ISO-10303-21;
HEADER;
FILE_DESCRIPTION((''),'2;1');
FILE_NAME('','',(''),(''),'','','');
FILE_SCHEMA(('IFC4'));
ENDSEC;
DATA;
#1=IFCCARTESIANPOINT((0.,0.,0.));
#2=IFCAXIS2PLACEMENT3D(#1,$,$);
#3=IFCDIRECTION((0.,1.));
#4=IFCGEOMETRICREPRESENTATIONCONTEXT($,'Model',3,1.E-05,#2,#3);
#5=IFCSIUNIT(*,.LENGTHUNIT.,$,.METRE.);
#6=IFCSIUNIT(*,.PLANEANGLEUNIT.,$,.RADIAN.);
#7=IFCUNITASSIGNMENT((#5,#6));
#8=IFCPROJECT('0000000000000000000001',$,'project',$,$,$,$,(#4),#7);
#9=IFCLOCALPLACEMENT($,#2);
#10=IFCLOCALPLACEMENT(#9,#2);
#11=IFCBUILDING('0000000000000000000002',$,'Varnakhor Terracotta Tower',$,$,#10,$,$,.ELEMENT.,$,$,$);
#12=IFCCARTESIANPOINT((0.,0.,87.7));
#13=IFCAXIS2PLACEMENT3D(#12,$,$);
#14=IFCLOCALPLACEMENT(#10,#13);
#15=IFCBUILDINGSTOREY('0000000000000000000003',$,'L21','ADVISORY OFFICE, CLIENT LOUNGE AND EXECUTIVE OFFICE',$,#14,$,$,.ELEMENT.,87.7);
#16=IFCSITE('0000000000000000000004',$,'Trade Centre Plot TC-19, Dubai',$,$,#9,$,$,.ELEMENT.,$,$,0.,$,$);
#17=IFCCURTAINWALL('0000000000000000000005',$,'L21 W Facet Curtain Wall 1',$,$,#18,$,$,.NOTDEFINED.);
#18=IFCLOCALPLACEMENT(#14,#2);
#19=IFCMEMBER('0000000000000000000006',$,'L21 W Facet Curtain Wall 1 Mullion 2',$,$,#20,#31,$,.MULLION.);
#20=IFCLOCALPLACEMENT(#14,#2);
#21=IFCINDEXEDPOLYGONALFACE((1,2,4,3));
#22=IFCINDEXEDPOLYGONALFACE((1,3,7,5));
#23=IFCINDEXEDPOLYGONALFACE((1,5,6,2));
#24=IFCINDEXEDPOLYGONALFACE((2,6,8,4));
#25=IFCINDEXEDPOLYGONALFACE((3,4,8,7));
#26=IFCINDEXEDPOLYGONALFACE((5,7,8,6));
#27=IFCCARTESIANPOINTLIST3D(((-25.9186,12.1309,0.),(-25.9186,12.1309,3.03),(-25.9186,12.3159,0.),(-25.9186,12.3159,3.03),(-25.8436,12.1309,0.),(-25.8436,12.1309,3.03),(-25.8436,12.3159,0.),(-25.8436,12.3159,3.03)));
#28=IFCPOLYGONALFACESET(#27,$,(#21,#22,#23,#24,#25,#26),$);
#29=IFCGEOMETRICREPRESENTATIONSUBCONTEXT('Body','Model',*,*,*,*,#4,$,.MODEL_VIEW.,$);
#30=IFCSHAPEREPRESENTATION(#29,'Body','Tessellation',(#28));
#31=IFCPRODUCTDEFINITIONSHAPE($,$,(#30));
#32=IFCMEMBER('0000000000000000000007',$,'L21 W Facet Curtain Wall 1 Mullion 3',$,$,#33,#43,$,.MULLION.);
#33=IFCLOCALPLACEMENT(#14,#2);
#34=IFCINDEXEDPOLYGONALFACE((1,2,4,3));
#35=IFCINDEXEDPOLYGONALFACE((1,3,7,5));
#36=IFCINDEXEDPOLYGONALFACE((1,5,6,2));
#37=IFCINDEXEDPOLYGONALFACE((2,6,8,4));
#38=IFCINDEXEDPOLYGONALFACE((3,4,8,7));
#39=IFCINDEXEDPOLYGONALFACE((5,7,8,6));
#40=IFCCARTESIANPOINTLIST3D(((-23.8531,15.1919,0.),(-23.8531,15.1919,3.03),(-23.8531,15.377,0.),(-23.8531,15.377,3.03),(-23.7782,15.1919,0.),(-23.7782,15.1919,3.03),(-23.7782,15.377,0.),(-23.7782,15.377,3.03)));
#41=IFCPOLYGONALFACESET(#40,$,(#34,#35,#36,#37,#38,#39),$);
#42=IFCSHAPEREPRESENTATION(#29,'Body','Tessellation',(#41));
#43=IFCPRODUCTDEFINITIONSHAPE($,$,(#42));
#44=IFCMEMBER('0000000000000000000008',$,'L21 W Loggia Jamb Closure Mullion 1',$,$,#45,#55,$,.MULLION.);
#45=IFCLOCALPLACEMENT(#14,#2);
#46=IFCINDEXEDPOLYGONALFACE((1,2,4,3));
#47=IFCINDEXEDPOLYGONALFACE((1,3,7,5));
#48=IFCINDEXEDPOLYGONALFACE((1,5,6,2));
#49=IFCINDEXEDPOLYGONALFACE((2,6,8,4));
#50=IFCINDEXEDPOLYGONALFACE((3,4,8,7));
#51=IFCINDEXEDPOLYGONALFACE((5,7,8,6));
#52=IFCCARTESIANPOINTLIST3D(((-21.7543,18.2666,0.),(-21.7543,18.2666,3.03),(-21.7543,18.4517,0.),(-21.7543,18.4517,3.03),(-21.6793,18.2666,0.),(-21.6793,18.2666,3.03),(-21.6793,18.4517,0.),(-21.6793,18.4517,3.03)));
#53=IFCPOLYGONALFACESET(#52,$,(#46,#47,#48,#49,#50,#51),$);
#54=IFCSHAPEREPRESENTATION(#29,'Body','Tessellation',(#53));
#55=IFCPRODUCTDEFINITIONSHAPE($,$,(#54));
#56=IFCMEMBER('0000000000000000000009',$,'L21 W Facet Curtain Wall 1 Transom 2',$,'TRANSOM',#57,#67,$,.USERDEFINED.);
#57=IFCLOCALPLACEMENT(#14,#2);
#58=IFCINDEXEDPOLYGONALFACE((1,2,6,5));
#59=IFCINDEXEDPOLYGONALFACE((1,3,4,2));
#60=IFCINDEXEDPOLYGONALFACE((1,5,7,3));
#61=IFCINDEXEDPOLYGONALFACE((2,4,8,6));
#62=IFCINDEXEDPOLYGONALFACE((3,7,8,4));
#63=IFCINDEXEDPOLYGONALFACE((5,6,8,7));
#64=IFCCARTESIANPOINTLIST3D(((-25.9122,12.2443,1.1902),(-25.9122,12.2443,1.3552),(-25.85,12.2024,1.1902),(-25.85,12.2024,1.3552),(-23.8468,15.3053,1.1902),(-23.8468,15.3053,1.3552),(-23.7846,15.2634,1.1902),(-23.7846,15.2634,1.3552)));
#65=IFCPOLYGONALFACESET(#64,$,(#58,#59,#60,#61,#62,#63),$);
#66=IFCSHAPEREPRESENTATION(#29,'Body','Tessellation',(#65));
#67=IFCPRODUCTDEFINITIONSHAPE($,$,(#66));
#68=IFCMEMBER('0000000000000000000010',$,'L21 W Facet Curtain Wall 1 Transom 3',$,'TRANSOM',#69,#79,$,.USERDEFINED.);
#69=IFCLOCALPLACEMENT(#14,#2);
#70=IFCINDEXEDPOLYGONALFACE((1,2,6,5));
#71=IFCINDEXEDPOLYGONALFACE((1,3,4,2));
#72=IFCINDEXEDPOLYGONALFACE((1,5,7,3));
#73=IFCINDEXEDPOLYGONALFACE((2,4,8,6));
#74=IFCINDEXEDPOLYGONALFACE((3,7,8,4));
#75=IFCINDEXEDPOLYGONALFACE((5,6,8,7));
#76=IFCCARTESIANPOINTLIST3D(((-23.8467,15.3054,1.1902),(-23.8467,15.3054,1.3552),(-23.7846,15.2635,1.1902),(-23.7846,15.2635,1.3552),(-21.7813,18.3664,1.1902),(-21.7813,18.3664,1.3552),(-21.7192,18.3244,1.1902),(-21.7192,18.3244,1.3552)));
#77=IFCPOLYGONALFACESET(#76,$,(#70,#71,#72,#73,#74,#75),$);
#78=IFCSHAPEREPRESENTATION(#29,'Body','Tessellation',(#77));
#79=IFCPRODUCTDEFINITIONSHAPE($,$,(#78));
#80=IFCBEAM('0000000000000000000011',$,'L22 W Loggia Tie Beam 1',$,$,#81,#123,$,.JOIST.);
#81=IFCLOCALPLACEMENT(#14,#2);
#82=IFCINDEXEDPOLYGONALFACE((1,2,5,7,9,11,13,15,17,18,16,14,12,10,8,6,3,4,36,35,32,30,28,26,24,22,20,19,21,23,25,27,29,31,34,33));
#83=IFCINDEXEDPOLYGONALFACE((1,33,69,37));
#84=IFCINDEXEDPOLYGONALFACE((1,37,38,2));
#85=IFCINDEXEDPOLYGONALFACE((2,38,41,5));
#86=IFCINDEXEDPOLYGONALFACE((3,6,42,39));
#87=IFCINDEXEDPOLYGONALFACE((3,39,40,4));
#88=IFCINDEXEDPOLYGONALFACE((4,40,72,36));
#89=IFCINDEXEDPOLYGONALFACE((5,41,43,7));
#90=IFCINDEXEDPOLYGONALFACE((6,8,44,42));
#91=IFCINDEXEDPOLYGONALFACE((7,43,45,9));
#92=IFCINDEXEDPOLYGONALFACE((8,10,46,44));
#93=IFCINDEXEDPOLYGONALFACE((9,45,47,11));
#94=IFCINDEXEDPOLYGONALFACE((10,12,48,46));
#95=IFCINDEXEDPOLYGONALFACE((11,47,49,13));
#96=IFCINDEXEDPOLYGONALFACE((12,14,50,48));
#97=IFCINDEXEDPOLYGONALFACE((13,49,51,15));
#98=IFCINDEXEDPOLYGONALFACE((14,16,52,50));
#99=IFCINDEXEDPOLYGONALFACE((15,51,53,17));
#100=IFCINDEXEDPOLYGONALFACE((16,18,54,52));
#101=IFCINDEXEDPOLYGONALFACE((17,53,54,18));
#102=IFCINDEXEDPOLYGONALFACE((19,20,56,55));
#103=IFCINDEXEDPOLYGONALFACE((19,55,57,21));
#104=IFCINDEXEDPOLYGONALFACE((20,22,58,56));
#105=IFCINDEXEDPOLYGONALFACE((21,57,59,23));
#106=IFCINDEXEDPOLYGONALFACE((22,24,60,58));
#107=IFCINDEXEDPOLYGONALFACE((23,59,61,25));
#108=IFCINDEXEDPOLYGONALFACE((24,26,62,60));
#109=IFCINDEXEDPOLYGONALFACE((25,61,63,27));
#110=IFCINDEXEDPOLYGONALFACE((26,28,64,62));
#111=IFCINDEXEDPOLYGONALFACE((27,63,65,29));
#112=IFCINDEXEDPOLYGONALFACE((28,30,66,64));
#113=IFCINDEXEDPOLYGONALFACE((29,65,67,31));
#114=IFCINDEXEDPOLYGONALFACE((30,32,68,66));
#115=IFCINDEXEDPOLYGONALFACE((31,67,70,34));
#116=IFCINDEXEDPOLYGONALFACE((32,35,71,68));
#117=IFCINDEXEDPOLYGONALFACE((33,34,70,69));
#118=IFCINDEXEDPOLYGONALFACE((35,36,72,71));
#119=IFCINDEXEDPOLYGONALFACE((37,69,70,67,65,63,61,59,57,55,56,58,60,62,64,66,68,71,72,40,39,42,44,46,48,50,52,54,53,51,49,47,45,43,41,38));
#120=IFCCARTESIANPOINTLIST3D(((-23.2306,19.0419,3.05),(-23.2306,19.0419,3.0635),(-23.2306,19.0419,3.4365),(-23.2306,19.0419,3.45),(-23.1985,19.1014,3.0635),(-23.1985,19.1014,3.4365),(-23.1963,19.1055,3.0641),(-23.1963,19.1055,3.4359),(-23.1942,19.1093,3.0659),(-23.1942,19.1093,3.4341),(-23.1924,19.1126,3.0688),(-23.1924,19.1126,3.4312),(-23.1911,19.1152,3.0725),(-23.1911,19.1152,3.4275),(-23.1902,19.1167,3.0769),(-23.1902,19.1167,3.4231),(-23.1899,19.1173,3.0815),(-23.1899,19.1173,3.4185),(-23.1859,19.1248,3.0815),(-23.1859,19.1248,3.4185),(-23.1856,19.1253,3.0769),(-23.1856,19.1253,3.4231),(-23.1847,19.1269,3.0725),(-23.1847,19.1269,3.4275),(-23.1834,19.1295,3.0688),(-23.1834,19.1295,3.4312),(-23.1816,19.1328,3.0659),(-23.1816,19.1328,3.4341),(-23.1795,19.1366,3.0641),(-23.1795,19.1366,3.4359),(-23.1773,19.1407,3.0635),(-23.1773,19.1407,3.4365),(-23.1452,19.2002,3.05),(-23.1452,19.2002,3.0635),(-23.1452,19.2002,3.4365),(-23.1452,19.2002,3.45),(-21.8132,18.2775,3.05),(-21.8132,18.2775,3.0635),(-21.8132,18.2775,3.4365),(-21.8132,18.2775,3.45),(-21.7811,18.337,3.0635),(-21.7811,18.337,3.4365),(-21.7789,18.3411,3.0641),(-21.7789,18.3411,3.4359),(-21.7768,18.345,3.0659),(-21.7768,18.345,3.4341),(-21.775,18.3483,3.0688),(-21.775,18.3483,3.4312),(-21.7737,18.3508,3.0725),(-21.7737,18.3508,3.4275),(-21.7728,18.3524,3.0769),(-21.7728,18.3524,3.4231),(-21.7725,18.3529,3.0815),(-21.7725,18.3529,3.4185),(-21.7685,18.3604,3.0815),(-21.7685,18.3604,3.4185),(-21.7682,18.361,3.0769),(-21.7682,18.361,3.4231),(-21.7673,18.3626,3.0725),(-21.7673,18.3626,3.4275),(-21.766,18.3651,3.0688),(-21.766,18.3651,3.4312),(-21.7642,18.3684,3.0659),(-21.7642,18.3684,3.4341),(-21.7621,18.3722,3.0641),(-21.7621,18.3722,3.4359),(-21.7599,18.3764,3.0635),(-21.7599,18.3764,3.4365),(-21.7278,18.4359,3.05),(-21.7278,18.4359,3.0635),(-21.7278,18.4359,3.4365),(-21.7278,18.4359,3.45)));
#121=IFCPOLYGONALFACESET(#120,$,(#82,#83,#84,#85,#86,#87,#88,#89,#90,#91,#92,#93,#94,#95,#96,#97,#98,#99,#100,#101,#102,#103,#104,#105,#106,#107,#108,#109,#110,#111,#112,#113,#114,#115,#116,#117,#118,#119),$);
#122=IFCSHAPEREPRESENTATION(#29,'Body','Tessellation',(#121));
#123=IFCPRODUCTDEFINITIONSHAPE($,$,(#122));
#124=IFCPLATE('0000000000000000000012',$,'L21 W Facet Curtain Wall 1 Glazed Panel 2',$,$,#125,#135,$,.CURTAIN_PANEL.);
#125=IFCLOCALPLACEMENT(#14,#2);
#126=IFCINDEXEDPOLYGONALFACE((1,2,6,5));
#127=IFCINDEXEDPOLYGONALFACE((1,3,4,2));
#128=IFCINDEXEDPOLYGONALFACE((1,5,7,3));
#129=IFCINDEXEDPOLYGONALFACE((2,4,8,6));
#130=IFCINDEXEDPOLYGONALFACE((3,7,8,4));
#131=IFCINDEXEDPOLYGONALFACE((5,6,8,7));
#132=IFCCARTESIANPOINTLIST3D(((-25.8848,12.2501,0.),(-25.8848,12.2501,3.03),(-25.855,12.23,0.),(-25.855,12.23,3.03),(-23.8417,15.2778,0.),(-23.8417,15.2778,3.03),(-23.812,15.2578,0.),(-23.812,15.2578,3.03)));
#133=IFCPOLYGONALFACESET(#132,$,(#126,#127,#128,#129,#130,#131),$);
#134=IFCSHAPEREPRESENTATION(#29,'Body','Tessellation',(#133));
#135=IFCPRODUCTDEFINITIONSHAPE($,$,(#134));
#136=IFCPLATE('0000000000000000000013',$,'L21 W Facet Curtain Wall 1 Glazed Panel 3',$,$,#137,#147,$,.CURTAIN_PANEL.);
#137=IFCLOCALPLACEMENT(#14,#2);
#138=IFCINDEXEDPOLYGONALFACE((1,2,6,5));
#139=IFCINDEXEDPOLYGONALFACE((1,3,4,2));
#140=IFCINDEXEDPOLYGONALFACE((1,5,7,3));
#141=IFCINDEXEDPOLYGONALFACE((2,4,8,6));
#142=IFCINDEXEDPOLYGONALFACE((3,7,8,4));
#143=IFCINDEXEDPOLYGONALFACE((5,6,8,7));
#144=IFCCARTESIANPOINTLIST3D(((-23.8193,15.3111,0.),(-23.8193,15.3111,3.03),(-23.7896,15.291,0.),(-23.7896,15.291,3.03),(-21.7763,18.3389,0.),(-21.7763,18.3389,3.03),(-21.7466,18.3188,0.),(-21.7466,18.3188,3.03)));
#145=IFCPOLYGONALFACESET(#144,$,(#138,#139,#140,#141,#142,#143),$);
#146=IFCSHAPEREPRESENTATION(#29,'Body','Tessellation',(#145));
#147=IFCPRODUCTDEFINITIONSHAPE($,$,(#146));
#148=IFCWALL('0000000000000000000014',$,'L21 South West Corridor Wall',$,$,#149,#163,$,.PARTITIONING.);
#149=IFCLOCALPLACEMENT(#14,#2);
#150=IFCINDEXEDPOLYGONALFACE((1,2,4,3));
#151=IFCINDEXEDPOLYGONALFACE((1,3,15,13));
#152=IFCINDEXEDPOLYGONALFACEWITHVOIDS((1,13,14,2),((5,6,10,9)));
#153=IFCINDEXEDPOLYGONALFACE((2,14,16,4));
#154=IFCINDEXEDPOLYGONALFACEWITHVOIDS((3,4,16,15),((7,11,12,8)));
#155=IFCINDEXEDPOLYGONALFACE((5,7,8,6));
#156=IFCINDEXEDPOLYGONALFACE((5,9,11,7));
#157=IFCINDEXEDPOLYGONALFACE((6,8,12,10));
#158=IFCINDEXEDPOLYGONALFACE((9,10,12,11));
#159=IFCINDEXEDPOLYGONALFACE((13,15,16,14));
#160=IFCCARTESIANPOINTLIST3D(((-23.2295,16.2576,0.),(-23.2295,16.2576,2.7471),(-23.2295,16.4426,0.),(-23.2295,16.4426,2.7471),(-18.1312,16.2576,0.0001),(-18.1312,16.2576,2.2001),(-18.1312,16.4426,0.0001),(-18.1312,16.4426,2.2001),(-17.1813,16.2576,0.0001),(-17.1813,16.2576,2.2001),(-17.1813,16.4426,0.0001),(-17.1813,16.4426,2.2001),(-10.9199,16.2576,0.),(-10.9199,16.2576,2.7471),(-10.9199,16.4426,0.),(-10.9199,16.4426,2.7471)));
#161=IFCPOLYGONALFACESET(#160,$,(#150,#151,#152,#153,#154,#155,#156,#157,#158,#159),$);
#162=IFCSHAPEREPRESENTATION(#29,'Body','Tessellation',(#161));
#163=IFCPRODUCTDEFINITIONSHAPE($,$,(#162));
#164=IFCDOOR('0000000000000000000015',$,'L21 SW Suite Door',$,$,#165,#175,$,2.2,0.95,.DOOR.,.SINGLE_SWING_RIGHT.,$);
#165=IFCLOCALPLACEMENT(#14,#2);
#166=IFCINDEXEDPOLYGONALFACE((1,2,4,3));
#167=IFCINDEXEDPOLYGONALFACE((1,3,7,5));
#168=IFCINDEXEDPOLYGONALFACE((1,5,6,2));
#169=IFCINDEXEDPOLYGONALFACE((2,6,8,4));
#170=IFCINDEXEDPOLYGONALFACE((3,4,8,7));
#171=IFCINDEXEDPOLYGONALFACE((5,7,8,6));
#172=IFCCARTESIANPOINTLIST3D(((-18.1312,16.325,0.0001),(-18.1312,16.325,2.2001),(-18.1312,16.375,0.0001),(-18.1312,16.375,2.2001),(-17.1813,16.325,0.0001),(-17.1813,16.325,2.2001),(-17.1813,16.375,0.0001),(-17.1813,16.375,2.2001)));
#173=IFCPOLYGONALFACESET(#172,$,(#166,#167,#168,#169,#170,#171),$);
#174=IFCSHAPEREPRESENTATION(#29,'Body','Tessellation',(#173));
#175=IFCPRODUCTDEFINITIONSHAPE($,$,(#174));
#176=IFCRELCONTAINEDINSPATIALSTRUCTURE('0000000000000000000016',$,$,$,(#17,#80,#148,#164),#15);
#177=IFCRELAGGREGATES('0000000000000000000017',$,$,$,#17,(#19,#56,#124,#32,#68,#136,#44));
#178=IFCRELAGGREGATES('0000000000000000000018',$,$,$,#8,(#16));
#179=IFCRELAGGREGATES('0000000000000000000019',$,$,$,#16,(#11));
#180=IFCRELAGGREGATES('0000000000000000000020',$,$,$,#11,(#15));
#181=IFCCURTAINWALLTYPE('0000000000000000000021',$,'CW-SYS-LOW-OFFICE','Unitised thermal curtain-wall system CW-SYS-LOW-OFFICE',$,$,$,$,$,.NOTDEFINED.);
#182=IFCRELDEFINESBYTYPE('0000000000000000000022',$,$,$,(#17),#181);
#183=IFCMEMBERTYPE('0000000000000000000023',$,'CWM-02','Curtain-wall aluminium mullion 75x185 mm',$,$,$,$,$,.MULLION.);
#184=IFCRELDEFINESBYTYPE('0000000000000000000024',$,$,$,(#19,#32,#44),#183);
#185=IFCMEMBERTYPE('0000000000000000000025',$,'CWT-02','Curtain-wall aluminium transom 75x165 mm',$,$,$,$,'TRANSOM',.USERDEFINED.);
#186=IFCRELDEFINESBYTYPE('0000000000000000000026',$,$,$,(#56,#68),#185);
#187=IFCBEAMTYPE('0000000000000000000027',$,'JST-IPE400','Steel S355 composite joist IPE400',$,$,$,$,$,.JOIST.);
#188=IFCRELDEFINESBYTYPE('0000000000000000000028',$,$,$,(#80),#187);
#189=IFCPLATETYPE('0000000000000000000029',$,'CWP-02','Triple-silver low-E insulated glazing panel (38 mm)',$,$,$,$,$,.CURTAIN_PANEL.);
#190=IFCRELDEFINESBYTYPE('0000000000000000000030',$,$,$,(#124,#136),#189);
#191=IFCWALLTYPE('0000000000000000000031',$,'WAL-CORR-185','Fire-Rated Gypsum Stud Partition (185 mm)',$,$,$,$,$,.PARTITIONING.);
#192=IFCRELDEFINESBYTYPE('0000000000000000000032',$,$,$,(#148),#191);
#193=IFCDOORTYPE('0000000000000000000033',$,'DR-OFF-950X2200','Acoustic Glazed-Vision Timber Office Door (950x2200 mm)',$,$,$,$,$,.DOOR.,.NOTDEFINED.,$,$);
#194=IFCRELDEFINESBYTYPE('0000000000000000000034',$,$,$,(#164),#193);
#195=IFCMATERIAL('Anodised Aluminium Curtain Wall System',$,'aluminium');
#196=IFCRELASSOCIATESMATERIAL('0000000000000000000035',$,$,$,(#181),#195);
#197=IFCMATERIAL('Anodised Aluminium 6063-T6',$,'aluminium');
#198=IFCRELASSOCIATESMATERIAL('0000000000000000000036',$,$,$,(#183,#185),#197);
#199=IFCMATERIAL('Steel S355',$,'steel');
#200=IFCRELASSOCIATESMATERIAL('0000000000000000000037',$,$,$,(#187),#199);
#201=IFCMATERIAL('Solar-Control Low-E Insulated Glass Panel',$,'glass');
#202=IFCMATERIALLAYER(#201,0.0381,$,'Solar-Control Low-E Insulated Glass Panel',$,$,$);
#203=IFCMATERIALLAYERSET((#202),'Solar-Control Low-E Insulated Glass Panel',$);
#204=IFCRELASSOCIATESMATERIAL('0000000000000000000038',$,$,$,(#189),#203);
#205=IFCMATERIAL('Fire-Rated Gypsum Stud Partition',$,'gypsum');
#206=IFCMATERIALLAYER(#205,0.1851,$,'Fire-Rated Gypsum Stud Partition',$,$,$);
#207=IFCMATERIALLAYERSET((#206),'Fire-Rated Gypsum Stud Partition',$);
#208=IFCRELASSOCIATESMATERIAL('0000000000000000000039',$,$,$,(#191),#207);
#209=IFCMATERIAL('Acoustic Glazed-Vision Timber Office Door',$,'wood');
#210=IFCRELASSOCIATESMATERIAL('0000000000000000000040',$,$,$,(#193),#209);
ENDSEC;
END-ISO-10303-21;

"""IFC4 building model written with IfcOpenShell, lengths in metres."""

from ifc_helpers import new_model, si_unit, direction, frame, frame_2d, origin, origin_2d, place, context, subcontext, project, spatial, rectangle, i_section, extrude, source, transform, mapped, material, layer, layer_set, material_profile, profile_set, type_object, type_shapes, element, fill, aggregate, save


model = new_model("IFC4")

# Units and contexts
model_context = context("Model", 3, precision=1e-05, world=origin(), true_north=direction((0.0, 1.0)))
body_context = subcontext(model_context, "Body", "Model", "MODEL_VIEW")
ifc_project = project(units=[si_unit("LENGTHUNIT", "METRE"), si_unit("PLANEANGLEUNIT", "RADIAN")], contexts=[model_context])

# Site, building, storey
site_placement = place(None, origin())
site = spatial("IfcSite", under=ifc_project, at=site_placement, Name="Trade Centre Plot TC-19, Dubai", CompositionType="ELEMENT", RefElevation=0.0)
building_placement = place(site_placement, origin())
building = spatial("IfcBuilding", under=site, at=building_placement, Name="Varnakhor Terracotta Tower", CompositionType="ELEMENT")
storey_placement = place(building_placement, frame((0.0, 0.0, 87.7)))
storey = spatial("IfcBuildingStorey", under=building, at=storey_placement, Name="L21", Description="ADVISORY OFFICE, CLIENT LOUNGE AND EXECUTIVE OFFICE", CompositionType="ELEMENT", Elevation=87.7)

# Shared definitions
ifc_material_1 = material(Name="Steel S355", Category="steel")

# Curtain wall, members
ifc_material_2 = material(Name="Anodised Aluminium Curtain Wall System", Category="aluminium")
curtain_wall_type = type_object("IfcCurtainWallType", Name="CW-SYS-LOW-OFFICE", Description="Unitised thermal curtain-wall system CW-SYS-LOW-OFFICE", PredefinedType="NOTDEFINED", material=ifc_material_2)
curtain_wall_placement = place(storey_placement, origin())
curtain_wall = element("IfcCurtainWall", 1, at=curtain_wall_placement, inside=storey, type_object=curtain_wall_type, Name="L21 W Facet Curtain Wall 1", PredefinedType="NOTDEFINED")
ifc_material_3 = material(Name="Anodised Aluminium 6063-T6", Category="aluminium")
ifc_material_profile_1 = material_profile(ifc_material_3, rectangle(XDim=0.075, YDim=0.1851, at=origin_2d()), Name="ALU MULLION 75x185")
ifc_profile_set_1 = profile_set([ifc_material_profile_1], Name="Anodised Aluminium 6063-T6")
member_type_1 = type_object("IfcMemberType", Name="CWM-02", Description="Curtain-wall aluminium mullion 75x185 mm", PredefinedType="MULLION", material=ifc_profile_set_1)
shared_shape_1 = source(origin(), body_context, "Body", "SweptSolid", [
    extrude(rectangle(XDim=0.075, YDim=0.1851, at=origin_2d()), origin(), (0.0, 0.0, 1.0), 3.03),
])
type_shapes(member_type_1, [shared_shape_1])
member_1_placement = place(storey_placement, frame((-25.8811, 12.2234, 0.0), z_axis=(0.0, 0.0, 1.0), x_axis=(1.0, 0.0, 0.0)))
member_1 = element("IfcMember", 2, at=member_1_placement, type_object=member_type_1, Name="L21 W Facet Curtain Wall 1 Mullion 2", PredefinedType="MULLION", context=body_context, shape_type="MappedRepresentation", body=[
    mapped(shared_shape_1, transform((0.0, 0.0, 0.0), scale=1.0)),
])
member_2_placement = place(storey_placement, frame((-23.8157, 15.2844, 0.0), z_axis=(0.0, 0.0, 1.0), x_axis=(1.0, 0.0, 0.0)))
member_2 = element("IfcMember", 3, at=member_2_placement, type_object=member_type_1, Name="L21 W Facet Curtain Wall 1 Mullion 3", PredefinedType="MULLION", context=body_context, shape_type="MappedRepresentation", body=[
    mapped(shared_shape_1, transform((0.0, 0.0, 0.0), scale=1.0)),
])
member_3_placement = place(storey_placement, frame((-21.7168, 18.3591, 0.0), z_axis=(0.0, 0.0, 1.0), x_axis=(1.0, 0.0, 0.0)))
member_3 = element("IfcMember", 4, at=member_3_placement, type_object=member_type_1, Name="L21 W Loggia Jamb Closure Mullion 1", PredefinedType="MULLION", context=body_context, shape_type="MappedRepresentation", body=[
    mapped(shared_shape_1, transform((0.0, 0.0, 0.0), scale=1.0)),
])
ifc_material_profile_2 = material_profile(ifc_material_3, rectangle(XDim=0.075, YDim=0.165, at=origin_2d()), Name="ALU TRANSOM 75x165")
ifc_profile_set_2 = profile_set([ifc_material_profile_2], Name="Anodised Aluminium 6063-T6")
member_type_2 = type_object("IfcMemberType", Name="CWT-02", Description="Curtain-wall aluminium transom 75x165 mm", ElementType="TRANSOM", PredefinedType="USERDEFINED", material=ifc_profile_set_2)
shared_shape_2 = source(origin(), body_context, "Body", "SweptSolid", [
    extrude(rectangle(XDim=0.075, YDim=0.165, at=origin_2d()), origin(), (0.0, 0.0, 1.0), 3.6926),
])
member_4_placement = place(storey_placement, frame((-25.8811, 12.2234, 1.2727), z_axis=(0.55933, 0.828945, 0.0), x_axis=(-0.828945, 0.55933, 0.0)))
member_4 = element("IfcMember", 5, at=member_4_placement, type_object=member_type_2, Name="L21 W Facet Curtain Wall 1 Transom 2", ObjectType="TRANSOM", PredefinedType="USERDEFINED", context=body_context, shape_type="MappedRepresentation", body=[
    mapped(shared_shape_2, transform((0.0, 0.0, 0.0), scale=1.0)),
])
member_5_placement = place(storey_placement, frame((-23.8157, 15.2844, 1.2727), z_axis=(0.55933, 0.828945, 0.0), x_axis=(-0.828945, 0.55933, 0.0)))
member_5 = element("IfcMember", 6, at=member_5_placement, type_object=member_type_2, Name="L21 W Facet Curtain Wall 1 Transom 3", ObjectType="TRANSOM", PredefinedType="USERDEFINED", context=body_context, shape_type="MappedRepresentation", body=[
    mapped(shared_shape_2, transform((0.0, 0.0, 0.0), scale=1.0)),
])

# Beam
ifc_material_profile_3 = material_profile(ifc_material_1, i_section(OverallWidth=0.1799, OverallDepth=0.3999, WebThickness=0.0085, FlangeThickness=0.0134, FilletRadius=0.0181, at=origin_2d()), Name="IPE400")
ifc_profile_set_3 = profile_set([ifc_material_profile_3], Name="Steel S355")
beam_type_1 = type_object("IfcBeamType", Name="JST-IPE400", Description="Steel S355 composite joist IPE400", PredefinedType="JOIST", material=ifc_profile_set_3)
shared_shape_3 = source(origin(), body_context, "Body", "SweptSolid", [
    extrude(i_section(OverallWidth=0.1799, OverallDepth=0.3999, WebThickness=0.0085, FlangeThickness=0.0134, FilletRadius=0.0181, at=origin_2d()), origin(), (0.0, 0.0, 1.0), 1.6104),
])
beam_1_placement = place(storey_placement, frame((-21.7705, 18.3567, 3.25), z_axis=(-0.880174, 0.474651, 0.0), x_axis=(-0.474651, -0.880174, 0.0)))
element("IfcBeam", 7, at=beam_1_placement, inside=storey, type_object=beam_type_1, Name="L22 W Loggia Tie Beam 1", PredefinedType="JOIST", context=body_context, shape_type="MappedRepresentation", body=[
    mapped(shared_shape_3, transform((0.0, 0.0, 0.0), scale=1.0)),
])

# Plates
ifc_material_4 = material(Name="Solar-Control Low-E Insulated Glass Panel", Category="glass")
ifc_layer_1 = layer(ifc_material_4, 0.0381, Name="Solar-Control Low-E Insulated Glass Panel")
ifc_layer_set_1 = layer_set([ifc_layer_1], Name="Solar-Control Low-E Insulated Glass Panel")
plate_type = type_object("IfcPlateType", Name="CWP-02", Description="Triple-silver low-E insulated glazing panel (38 mm)", PredefinedType="CURTAIN_PANEL", material=ifc_layer_set_1)
shared_shape_4 = source(origin(), body_context, "Body", "SweptSolid", [
    extrude(rectangle(XDim=3.6526, YDim=0.0359, at=origin_2d()), origin(), (0.0, 0.0, 1.0), 3.03),
])
plate_1_placement = place(storey_placement, frame((-24.8484, 13.7539, 0.0), z_axis=(0.0, 0.0, 1.0), x_axis=(0.559338, 0.82894, 0.0)))
plate_1 = element("IfcPlate", 8, at=plate_1_placement, type_object=plate_type, Name="L21 W Facet Curtain Wall 1 Glazed Panel 2", PredefinedType="CURTAIN_PANEL", context=body_context, shape_type="MappedRepresentation", body=[
    mapped(shared_shape_4, transform((0.0, 0.0, 0.0), scale=1.0)),
])
plate_2_placement = place(storey_placement, frame((-22.783, 16.8149, 0.0), z_axis=(0.0, 0.0, 1.0), x_axis=(0.559338, 0.82894, 0.0)))
plate_2 = element("IfcPlate", 9, at=plate_2_placement, type_object=plate_type, Name="L21 W Facet Curtain Wall 1 Glazed Panel 3", PredefinedType="CURTAIN_PANEL", context=body_context, shape_type="MappedRepresentation", body=[
    mapped(shared_shape_4, transform((0.0, 0.0, 0.0), scale=1.0)),
])
aggregate(curtain_wall, [member_1, member_4, plate_1, member_2, member_5, plate_2, member_3])

# Wall, opening, door
ifc_material_5 = material(Name="Fire-Rated Gypsum Stud Partition", Category="gypsum")
ifc_layer_2 = layer(ifc_material_5, 0.1851, Name="Fire-Rated Gypsum Stud Partition")
ifc_layer_set_2 = layer_set([ifc_layer_2], Name="Fire-Rated Gypsum Stud Partition")
wall_type_1 = type_object("IfcWallType", Name="WAL-CORR-185", Description="Fire-Rated Gypsum Stud Partition (185 mm)", PredefinedType="PARTITIONING", material=ifc_layer_set_2)
wall_1_placement = place(storey_placement, frame((-23.2295, 16.3501, 0.0), z_axis=(0.0, 0.0, 1.0), x_axis=(1.0, 0.0, 0.0)))
wall_1 = element("IfcWall", 10, at=wall_1_placement, inside=storey, type_object=wall_type_1, Name="L21 South West Corridor Wall", PredefinedType="PARTITIONING", context=body_context, shape_type="SweptSolid", body=[
    extrude(rectangle(XDim=12.3096, YDim=0.1851, at=frame_2d((6.1548, 0.0))), origin(), (0.0, 0.0, 1.0), 2.7471),
])
opening_1_placement = place(wall_1_placement, frame((5.0981, 0.0, 0.0)))
opening_1 = element("IfcOpeningElement", 11, at=opening_1_placement, cuts=wall_1, PredefinedType="OPENING", context=body_context, shape_type="SweptSolid", body=[
    extrude(rectangle(XDim=0.95, YDim=2.2, at=frame_2d((0.4751, 1.1001))), frame((0.0, 0.1025, 0.0), z_axis=(0.0, -1.0, 0.0), x_axis=(1.0, 0.0, 0.0)), (0.0, 0.0, 1.0), 0.2051),
])
ifc_material_6 = material(Name="Acoustic Glazed-Vision Timber Office Door", Category="wood")
door_type_1 = type_object("IfcDoorType", Name="DR-OFF-950X2200", Description="Acoustic Glazed-Vision Timber Office Door (950x2200 mm)", OperationType="NOTDEFINED", PredefinedType="DOOR", material=ifc_material_6)
shared_shape_5 = source(origin(), body_context, "Body", "SweptSolid", [
    extrude(rectangle(XDim=0.95, YDim=2.2, at=frame_2d((0.4751, 1.1001))), frame((0.0, 0.0249, 0.0), z_axis=(0.0, -1.0, 0.0), x_axis=(1.0, 0.0, 0.0)), (0.0, 0.0, 1.0), 0.05),
])
type_shapes(door_type_1, [shared_shape_5])
door_1_placement = place(opening_1_placement, origin())
door_1 = element("IfcDoor", 12, at=door_1_placement, inside=storey, type_object=door_type_1, Name="L21 SW Suite Door", OperationType="SINGLE_SWING_RIGHT", OverallHeight=2.2, OverallWidth=0.95, PredefinedType="DOOR", context=body_context, shape_type="MappedRepresentation", body=[
    mapped(shared_shape_5, transform((0.0, 0.0, 0.0), scale=1.0)),
])
fill(opening_1, door_1)

save(model, "model.ifc")
